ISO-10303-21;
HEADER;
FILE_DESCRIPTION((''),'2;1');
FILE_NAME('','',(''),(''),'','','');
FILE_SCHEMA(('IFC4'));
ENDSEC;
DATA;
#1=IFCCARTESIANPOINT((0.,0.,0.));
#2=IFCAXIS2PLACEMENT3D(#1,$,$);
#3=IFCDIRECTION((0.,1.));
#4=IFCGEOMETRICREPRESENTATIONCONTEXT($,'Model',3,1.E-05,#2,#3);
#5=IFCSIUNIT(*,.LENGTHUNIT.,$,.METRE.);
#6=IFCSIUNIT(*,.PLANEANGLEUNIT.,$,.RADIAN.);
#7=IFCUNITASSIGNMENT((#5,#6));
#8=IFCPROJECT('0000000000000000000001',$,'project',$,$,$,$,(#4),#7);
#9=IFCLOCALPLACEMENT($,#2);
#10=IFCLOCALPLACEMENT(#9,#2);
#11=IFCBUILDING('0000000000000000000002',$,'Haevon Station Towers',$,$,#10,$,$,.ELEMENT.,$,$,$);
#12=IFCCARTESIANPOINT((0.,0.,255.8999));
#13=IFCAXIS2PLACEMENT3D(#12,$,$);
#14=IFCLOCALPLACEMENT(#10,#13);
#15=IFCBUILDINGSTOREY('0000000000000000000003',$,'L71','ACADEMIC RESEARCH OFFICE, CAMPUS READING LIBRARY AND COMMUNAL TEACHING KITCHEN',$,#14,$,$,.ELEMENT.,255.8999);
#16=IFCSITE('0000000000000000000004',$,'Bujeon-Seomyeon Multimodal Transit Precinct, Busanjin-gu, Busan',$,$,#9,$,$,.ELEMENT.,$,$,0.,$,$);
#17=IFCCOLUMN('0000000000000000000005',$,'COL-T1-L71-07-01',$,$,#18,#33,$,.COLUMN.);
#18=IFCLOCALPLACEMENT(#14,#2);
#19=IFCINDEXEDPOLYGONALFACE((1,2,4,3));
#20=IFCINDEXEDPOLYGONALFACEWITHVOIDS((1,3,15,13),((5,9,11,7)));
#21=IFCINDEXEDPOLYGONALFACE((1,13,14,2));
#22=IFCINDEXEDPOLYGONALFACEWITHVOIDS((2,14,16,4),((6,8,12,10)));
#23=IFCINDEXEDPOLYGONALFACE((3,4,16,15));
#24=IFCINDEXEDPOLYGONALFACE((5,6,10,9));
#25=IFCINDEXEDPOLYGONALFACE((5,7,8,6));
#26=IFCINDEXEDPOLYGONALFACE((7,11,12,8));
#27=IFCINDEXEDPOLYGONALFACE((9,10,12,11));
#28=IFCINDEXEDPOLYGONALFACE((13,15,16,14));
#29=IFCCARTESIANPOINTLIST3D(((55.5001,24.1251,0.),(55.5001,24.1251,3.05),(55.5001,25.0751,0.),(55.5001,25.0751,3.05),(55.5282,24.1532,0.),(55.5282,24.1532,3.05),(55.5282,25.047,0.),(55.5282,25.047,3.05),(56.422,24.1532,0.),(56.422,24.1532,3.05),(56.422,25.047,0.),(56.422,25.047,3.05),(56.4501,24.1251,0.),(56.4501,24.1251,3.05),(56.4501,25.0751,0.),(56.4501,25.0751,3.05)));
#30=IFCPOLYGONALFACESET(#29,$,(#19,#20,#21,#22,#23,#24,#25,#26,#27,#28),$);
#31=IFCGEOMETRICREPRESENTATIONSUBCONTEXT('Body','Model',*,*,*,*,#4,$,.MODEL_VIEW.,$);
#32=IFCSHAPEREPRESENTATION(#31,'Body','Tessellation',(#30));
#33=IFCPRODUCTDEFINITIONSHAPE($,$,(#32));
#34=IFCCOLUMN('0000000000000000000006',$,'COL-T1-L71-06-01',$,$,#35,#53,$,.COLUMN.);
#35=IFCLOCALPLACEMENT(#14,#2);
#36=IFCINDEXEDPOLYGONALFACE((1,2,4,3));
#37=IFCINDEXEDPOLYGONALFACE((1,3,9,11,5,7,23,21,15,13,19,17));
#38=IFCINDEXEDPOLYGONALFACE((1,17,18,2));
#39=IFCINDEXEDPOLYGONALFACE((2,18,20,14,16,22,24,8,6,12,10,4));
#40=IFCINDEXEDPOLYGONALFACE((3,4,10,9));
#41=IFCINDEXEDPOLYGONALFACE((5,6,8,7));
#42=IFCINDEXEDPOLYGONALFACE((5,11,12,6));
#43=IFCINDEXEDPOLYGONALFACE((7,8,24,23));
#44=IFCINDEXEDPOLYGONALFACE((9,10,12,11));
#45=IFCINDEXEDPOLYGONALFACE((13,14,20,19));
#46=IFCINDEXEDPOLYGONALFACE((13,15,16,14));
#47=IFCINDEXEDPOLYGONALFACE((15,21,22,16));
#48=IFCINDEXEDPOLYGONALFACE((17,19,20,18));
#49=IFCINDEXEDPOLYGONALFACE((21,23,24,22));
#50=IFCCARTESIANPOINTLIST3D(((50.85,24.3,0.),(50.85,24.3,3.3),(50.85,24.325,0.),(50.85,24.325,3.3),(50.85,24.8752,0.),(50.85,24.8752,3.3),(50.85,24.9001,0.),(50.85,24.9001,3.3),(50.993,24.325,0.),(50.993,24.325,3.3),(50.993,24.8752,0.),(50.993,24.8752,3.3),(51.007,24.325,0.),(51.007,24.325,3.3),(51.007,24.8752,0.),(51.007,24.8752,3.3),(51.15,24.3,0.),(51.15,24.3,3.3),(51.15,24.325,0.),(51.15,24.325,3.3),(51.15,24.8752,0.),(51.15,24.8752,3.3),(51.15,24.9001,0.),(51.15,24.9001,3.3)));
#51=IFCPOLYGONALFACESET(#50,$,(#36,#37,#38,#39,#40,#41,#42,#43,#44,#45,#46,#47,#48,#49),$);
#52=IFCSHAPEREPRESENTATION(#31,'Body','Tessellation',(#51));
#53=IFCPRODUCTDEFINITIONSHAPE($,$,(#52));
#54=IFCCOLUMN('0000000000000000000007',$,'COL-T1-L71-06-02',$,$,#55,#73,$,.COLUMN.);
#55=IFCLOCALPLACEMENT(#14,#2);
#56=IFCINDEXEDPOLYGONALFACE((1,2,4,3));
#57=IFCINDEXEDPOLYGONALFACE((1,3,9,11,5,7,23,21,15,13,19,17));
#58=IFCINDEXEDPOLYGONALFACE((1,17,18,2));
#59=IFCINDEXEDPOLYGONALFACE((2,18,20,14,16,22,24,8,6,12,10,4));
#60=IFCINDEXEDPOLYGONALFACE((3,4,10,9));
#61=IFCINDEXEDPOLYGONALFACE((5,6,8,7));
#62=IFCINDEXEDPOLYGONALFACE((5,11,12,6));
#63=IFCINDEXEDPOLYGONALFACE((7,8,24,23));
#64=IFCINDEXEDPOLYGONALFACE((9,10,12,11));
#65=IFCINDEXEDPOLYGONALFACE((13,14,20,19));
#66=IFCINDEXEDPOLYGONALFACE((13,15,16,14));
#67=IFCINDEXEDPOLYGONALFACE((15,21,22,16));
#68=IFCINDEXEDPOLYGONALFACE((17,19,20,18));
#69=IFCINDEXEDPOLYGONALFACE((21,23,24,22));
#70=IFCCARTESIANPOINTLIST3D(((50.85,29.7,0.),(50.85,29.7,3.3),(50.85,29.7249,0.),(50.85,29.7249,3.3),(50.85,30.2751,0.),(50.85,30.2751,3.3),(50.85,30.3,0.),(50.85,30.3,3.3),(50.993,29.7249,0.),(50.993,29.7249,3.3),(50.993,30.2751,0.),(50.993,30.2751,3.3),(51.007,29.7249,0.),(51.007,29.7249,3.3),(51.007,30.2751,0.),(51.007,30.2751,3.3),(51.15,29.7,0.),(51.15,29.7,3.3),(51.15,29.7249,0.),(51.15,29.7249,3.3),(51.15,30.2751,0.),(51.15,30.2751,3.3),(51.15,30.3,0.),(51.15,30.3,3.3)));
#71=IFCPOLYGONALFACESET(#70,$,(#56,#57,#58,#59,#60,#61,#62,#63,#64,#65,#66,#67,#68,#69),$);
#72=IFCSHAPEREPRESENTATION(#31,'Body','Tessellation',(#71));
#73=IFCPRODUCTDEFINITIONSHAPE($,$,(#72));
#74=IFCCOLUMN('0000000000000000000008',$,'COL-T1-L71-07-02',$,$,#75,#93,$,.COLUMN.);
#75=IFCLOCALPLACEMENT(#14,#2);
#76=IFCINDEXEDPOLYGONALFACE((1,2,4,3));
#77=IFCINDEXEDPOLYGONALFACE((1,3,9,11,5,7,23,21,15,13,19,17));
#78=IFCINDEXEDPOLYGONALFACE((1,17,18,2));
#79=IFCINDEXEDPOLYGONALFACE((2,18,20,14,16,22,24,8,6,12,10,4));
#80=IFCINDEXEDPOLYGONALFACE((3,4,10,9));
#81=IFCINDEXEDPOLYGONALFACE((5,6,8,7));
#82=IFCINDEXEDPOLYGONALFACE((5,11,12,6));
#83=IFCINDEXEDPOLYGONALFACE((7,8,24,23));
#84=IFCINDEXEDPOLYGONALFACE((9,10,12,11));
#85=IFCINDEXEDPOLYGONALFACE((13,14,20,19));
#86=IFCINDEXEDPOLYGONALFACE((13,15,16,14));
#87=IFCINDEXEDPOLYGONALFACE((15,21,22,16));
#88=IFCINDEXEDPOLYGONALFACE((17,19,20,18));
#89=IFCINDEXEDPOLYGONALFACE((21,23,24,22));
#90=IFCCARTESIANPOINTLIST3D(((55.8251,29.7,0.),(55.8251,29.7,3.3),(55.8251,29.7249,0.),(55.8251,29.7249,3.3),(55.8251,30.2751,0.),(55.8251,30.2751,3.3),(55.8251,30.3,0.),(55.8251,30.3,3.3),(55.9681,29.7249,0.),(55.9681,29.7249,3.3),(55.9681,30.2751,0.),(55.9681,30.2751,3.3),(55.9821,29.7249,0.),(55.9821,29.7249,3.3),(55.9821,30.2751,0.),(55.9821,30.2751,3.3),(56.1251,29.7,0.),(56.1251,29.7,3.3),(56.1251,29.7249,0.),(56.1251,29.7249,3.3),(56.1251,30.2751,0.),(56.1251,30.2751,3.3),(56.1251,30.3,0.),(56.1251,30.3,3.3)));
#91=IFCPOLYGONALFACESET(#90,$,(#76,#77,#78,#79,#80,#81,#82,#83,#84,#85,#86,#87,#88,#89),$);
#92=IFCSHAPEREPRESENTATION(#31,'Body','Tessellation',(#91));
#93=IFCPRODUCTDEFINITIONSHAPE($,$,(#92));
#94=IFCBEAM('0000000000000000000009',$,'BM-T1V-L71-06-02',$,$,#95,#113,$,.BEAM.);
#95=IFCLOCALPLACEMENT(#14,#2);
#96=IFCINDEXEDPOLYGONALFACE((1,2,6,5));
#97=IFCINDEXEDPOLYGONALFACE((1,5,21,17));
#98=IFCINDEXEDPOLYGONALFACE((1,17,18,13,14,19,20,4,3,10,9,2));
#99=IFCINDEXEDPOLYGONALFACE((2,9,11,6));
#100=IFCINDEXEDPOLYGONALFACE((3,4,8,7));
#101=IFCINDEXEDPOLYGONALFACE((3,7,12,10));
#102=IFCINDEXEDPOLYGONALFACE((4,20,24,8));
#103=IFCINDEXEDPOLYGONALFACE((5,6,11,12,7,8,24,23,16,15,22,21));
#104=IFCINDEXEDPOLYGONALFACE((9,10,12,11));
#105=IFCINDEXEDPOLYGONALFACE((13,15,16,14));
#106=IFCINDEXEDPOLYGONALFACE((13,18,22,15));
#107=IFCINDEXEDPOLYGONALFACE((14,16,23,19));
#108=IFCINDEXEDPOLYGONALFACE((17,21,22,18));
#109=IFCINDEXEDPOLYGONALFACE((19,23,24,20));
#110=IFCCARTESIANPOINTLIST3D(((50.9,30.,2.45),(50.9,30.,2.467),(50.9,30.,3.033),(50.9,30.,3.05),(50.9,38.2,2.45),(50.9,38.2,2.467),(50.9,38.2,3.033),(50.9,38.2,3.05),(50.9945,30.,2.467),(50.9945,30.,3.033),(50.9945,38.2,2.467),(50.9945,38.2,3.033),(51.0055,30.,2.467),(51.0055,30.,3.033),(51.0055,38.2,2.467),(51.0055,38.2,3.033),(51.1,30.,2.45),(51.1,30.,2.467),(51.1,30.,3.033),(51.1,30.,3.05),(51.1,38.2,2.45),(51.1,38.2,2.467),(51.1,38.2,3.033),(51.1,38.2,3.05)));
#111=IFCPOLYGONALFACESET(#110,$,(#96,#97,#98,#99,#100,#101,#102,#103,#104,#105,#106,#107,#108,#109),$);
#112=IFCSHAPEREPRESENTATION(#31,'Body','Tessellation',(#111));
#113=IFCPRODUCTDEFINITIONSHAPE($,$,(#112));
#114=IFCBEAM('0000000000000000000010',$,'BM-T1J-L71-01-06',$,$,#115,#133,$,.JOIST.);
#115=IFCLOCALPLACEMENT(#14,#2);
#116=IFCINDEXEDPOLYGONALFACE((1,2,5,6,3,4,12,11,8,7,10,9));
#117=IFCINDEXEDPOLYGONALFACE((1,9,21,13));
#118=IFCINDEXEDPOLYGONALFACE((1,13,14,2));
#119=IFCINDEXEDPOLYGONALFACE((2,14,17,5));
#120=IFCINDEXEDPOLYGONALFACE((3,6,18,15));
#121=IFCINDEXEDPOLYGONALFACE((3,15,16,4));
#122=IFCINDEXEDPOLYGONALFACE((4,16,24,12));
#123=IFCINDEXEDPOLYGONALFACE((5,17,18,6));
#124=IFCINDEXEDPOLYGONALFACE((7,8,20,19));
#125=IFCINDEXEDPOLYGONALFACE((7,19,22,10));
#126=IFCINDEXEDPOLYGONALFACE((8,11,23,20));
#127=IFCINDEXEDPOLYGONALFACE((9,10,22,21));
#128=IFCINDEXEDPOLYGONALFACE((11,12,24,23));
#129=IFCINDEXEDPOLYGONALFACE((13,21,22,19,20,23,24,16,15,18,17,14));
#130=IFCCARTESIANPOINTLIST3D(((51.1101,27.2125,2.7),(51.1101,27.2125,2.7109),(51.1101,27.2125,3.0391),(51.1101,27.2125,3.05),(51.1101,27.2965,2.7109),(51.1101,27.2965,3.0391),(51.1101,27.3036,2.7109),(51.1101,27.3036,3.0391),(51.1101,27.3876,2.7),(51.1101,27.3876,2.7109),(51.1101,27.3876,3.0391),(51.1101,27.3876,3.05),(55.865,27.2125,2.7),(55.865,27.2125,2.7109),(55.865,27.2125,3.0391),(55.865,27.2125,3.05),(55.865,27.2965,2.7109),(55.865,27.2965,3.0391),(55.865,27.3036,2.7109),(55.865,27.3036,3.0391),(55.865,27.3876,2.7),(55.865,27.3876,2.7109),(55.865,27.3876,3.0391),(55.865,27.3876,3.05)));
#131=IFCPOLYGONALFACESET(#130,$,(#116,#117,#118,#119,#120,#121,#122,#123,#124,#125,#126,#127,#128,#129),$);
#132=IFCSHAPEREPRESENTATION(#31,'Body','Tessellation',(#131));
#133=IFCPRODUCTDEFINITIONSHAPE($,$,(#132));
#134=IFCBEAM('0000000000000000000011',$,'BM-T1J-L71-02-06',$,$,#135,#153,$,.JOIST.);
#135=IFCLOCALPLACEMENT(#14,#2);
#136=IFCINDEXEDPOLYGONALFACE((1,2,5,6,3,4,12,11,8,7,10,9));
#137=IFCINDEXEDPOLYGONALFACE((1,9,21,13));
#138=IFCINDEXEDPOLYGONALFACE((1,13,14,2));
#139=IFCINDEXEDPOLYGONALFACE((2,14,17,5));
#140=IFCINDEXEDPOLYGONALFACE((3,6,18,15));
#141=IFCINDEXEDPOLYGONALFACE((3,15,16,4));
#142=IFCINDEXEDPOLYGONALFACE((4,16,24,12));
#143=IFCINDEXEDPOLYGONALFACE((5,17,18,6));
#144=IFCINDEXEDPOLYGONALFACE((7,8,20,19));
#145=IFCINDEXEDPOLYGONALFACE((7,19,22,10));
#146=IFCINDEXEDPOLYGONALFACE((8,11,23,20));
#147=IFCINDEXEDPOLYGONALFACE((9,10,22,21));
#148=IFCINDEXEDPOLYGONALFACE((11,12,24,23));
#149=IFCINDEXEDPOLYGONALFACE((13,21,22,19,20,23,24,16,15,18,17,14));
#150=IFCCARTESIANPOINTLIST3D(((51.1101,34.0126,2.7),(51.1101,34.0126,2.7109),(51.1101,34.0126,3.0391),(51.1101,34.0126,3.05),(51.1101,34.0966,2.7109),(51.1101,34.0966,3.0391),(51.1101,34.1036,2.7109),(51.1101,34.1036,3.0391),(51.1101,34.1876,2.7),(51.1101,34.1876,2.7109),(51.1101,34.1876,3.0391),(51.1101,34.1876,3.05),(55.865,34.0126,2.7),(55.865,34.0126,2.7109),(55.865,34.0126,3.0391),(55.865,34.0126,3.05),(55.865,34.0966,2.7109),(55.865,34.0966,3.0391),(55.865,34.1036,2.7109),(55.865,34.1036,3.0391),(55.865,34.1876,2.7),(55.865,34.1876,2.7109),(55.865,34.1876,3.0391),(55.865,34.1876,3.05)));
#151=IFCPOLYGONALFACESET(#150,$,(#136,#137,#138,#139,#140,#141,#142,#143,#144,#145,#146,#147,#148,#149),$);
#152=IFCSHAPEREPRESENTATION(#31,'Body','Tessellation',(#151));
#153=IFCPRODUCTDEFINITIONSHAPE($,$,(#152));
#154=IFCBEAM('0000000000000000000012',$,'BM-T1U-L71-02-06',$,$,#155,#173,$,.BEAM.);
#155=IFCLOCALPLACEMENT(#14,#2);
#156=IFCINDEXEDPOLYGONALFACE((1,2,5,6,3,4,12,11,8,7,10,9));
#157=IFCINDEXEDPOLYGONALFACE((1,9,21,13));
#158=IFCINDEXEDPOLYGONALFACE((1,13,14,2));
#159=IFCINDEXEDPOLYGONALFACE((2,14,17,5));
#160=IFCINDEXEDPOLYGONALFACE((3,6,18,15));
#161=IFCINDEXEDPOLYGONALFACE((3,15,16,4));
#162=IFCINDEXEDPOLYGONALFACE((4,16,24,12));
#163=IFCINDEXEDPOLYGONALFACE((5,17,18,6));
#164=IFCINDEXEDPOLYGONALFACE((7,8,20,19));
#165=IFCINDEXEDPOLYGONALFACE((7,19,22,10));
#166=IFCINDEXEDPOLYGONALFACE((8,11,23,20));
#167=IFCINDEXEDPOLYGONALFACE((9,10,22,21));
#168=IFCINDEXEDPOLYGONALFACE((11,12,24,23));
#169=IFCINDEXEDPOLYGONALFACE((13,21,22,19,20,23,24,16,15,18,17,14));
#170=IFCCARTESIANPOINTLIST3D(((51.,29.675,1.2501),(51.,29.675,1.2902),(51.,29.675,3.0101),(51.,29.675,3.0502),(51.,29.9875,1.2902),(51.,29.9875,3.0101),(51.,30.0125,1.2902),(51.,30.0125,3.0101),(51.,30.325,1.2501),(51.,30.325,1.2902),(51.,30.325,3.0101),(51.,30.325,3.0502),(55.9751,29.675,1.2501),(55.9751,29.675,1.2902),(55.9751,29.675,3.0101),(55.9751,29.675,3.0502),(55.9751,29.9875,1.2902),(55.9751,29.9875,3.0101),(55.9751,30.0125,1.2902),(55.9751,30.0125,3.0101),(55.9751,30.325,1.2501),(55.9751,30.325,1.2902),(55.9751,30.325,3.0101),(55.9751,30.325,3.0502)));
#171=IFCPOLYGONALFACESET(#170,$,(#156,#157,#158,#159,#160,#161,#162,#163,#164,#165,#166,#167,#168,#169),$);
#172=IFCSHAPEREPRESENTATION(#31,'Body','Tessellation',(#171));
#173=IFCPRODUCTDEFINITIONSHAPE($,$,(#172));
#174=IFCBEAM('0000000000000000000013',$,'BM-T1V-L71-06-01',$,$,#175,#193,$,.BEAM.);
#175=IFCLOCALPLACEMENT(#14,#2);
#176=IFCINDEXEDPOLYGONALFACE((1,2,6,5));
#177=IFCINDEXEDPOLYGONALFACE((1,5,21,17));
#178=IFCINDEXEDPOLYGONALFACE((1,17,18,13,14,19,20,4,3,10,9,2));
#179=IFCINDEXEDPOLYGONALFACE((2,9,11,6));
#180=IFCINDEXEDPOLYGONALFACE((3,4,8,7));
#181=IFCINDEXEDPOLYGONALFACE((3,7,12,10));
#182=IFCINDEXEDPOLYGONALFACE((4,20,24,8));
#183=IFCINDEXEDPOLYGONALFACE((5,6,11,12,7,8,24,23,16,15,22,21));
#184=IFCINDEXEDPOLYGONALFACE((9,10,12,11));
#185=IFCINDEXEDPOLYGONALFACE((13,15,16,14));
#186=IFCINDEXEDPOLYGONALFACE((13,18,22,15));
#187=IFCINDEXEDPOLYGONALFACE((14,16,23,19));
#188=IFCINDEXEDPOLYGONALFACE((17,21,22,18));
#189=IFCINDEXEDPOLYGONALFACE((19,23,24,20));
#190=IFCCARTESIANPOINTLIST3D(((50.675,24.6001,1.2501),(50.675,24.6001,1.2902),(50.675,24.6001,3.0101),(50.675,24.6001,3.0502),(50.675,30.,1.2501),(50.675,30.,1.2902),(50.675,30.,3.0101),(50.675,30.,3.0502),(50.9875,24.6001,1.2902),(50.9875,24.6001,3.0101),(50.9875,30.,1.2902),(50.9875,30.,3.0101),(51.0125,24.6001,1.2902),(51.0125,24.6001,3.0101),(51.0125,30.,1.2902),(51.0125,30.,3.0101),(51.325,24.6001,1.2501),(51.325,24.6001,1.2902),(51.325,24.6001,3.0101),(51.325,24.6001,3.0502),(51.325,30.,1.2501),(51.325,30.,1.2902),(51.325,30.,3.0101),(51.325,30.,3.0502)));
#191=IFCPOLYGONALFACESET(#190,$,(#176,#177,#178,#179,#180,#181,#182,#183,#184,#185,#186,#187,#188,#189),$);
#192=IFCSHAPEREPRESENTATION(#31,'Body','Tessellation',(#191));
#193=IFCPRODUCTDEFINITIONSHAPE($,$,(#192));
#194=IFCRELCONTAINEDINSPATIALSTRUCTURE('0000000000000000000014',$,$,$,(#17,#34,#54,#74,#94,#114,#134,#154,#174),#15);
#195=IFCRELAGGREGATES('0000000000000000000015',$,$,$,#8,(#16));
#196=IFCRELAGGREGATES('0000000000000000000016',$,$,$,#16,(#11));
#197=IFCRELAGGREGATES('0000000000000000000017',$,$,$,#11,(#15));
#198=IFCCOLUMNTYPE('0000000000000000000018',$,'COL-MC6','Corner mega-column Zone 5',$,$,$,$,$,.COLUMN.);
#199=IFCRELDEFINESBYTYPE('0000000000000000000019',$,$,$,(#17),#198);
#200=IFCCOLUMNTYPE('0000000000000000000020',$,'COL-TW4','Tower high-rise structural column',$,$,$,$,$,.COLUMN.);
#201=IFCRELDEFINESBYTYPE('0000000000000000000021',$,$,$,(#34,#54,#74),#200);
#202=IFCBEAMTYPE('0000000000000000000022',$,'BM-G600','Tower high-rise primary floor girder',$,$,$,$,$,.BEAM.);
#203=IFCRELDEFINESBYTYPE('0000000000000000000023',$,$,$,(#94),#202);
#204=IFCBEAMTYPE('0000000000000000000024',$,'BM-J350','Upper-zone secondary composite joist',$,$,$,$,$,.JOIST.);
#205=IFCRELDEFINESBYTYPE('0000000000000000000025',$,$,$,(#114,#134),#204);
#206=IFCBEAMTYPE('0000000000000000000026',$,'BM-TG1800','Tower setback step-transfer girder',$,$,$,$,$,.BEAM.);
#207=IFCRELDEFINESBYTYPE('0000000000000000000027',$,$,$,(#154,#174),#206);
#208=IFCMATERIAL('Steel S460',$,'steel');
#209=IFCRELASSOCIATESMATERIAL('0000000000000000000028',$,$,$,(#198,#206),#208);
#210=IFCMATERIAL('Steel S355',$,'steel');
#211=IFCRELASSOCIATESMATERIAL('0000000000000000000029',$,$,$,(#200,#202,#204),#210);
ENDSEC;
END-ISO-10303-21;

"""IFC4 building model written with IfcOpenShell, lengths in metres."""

from ifc_helpers import new_model, si_unit, direction, frame, origin, origin_2d, place, context, subcontext, project, spatial, hollow_rectangle, i_section, extrude, material, material_profile, profile_set, type_object, element, save


model = new_model("IFC4")

# Units and contexts
model_context = context("Model", 3, precision=1e-05, world=origin(), true_north=direction((0.0, 1.0)))
body_context = subcontext(model_context, "Body", "Model", "MODEL_VIEW")
ifc_project = project(units=[si_unit("LENGTHUNIT", "METRE"), si_unit("PLANEANGLEUNIT", "RADIAN")], contexts=[model_context])

# Site, building, storey
site_placement = place(None, origin())
site = spatial("IfcSite", under=ifc_project, at=site_placement, Name="Bujeon-Seomyeon Multimodal Transit Precinct, Busanjin-gu, Busan", CompositionType="ELEMENT", RefElevation=0.0)
building_placement = place(site_placement, origin())
building = spatial("IfcBuilding", under=site, at=building_placement, Name="Haevon Station Towers", CompositionType="ELEMENT")
storey_placement = place(building_placement, frame((0.0, 0.0, 255.8999)))
storey = spatial("IfcBuildingStorey", under=building, at=storey_placement, Name="L71", Description="ACADEMIC RESEARCH OFFICE, CAMPUS READING LIBRARY AND COMMUNAL TEACHING KITCHEN", CompositionType="ELEMENT", Elevation=255.8999)

# Columns
ifc_material_1 = material(Name="Steel S460", Category="steel")
ifc_material_profile_1 = material_profile(ifc_material_1, hollow_rectangle(XDim=0.95, YDim=0.95, WallThickness=0.0281, at=origin_2d()), Name="BOX-950x950x28")
ifc_profile_set_1 = profile_set([ifc_material_profile_1], Name="Steel S460")
column_type_1 = type_object("IfcColumnType", Name="COL-MC6", Description="Corner mega-column Zone 5", PredefinedType="COLUMN", material=ifc_profile_set_1)
column_placement = place(storey_placement, frame((55.9751, 24.6001, 0.0), z_axis=(0.0, 0.0, 1.0), x_axis=(1.0, 0.0, 0.0)))
element("IfcColumn", 1, at=column_placement, inside=storey, type_object=column_type_1, Name="COL-T1-L71-07-01", PredefinedType="COLUMN", context=body_context, shape_type="SweptSolid", body=[
    extrude(hollow_rectangle(XDim=0.95, YDim=0.95, WallThickness=0.0281, at=origin_2d()), origin(), (0.0, 0.0, 1.0), 3.05),
])
ifc_material_2 = material(Name="Steel S355", Category="steel")
ifc_material_profile_2 = material_profile(ifc_material_2, i_section(OverallWidth=0.3, OverallDepth=0.6001, WebThickness=0.0139, FlangeThickness=0.0249, at=origin_2d()), Name="H-600x300x14x25")
ifc_profile_set_2 = profile_set([ifc_material_profile_2], Name="Steel S355")
column_type_2 = type_object("IfcColumnType", Name="COL-TW4", Description="Tower high-rise structural column", PredefinedType="COLUMN", material=ifc_profile_set_2)
for number, where, z_axis, x_axis, name in (
    (2, (51.0, 24.6001, 0.0), (0.0, 0.0, 1.0), (1.0, 0.0, 0.0), "COL-T1-L71-06-01"),
    (3, (51.0, 30.0, 0.0), (0.0, 0.0, 1.0), (1.0, 0.0, 0.0), "COL-T1-L71-06-02"),
    (4, (55.9751, 30.0, 0.0), (0.0, 0.0, 1.0), (1.0, 0.0, 0.0), "COL-T1-L71-07-02"),
):
    element("IfcColumn", number, at=place(storey_placement, frame(where, z_axis=z_axis, x_axis=x_axis)), inside=storey, type_object=column_type_2, Name=name, PredefinedType="COLUMN", context=body_context, shape_type="SweptSolid", body=[
        extrude(i_section(OverallWidth=0.3, OverallDepth=0.6001, WebThickness=0.0139, FlangeThickness=0.0249, at=origin_2d()), origin(), (0.0, 0.0, 1.0), 3.3),
    ])

# Beams
ifc_material_profile_3 = material_profile(ifc_material_2, i_section(OverallWidth=0.2, OverallDepth=0.6001, WebThickness=0.011, FlangeThickness=0.0171, at=origin_2d()), Name="H-600x200x11x17")
ifc_profile_set_3 = profile_set([ifc_material_profile_3], Name="Steel S355")
beam_type_1 = type_object("IfcBeamType", Name="BM-G600", Description="Tower high-rise primary floor girder", PredefinedType="BEAM", material=ifc_profile_set_3)
beam_1_placement = place(storey_placement, frame((51.0, 30.0, 2.75), z_axis=(0.0, 1.0, 0.0), x_axis=(-1.0, 0.0, 0.0)))
element("IfcBeam", 5, at=beam_1_placement, inside=storey, type_object=beam_type_1, Name="BM-T1V-L71-06-02", PredefinedType="BEAM", context=body_context, shape_type="SweptSolid", body=[
    extrude(i_section(OverallWidth=0.2, OverallDepth=0.6001, WebThickness=0.011, FlangeThickness=0.0171, at=origin_2d()), origin(), (0.0, 0.0, 1.0), 8.2),
])
ifc_material_profile_4 = material_profile(ifc_material_2, i_section(OverallWidth=0.175, OverallDepth=0.3501, WebThickness=0.0071, FlangeThickness=0.011, at=origin_2d()), Name="H-350x175x7x11")
ifc_profile_set_4 = profile_set([ifc_material_profile_4], Name="Steel S355")
beam_type_2 = type_object("IfcBeamType", Name="BM-J350", Description="Upper-zone secondary composite joist", PredefinedType="JOIST", material=ifc_profile_set_4)
for number, where, z_axis, x_axis, name in (
    (6, (51.1101, 27.3, 2.875), (1.0, 0.0, 0.0), (0.0, 1.0, 0.0), "BM-T1J-L71-01-06"),
    (7, (51.1101, 34.1001, 2.875), (1.0, 0.0, 0.0), (0.0, 1.0, 0.0), "BM-T1J-L71-02-06"),
):
    element("IfcBeam", number, at=place(storey_placement, frame(where, z_axis=z_axis, x_axis=x_axis)), inside=storey, type_object=beam_type_2, Name=name, PredefinedType="JOIST", context=body_context, shape_type="SweptSolid", body=[
        extrude(i_section(OverallWidth=0.175, OverallDepth=0.3501, WebThickness=0.0071, FlangeThickness=0.011, at=origin_2d()), origin(), (0.0, 0.0, 1.0), 4.7549),
    ])
ifc_material_profile_5 = material_profile(ifc_material_1, i_section(OverallWidth=0.6499, OverallDepth=1.8, WebThickness=0.0249, FlangeThickness=0.04, at=origin_2d()), Name="H-1800x650x25x40")
ifc_profile_set_5 = profile_set([ifc_material_profile_5], Name="Steel S460")
beam_type_3 = type_object("IfcBeamType", Name="BM-TG1800", Description="Tower setback step-transfer girder", PredefinedType="BEAM", material=ifc_profile_set_5)
beam_2_placement = place(storey_placement, frame((51.0, 30.0, 2.1501), z_axis=(1.0, 0.0, 0.0), x_axis=(0.0, 1.0, 0.0)))
element("IfcBeam", 8, at=beam_2_placement, inside=storey, type_object=beam_type_3, Name="BM-T1U-L71-02-06", PredefinedType="BEAM", context=body_context, shape_type="SweptSolid", body=[
    extrude(i_section(OverallWidth=0.6499, OverallDepth=1.8, WebThickness=0.0249, FlangeThickness=0.04, at=origin_2d()), origin(), (0.0, 0.0, 1.0), 4.9751),
])
for number, where, z_axis, x_axis, name in (
    (9, (51.0, 24.6001, 2.1501), (0.0, 1.0, 0.0), (-1.0, 0.0, 0.0), "BM-T1V-L71-06-01"),
):
    element("IfcBeam", number, at=place(storey_placement, frame(where, z_axis=z_axis, x_axis=x_axis)), inside=storey, type_object=beam_type_3, Name=name, PredefinedType="BEAM", context=body_context, shape_type="SweptSolid", body=[
        extrude(i_section(OverallWidth=0.6499, OverallDepth=1.8, WebThickness=0.0249, FlangeThickness=0.04, at=origin_2d()), origin(), (0.0, 0.0, 1.0), 5.3999),
    ])

save(model, "model.ifc")
